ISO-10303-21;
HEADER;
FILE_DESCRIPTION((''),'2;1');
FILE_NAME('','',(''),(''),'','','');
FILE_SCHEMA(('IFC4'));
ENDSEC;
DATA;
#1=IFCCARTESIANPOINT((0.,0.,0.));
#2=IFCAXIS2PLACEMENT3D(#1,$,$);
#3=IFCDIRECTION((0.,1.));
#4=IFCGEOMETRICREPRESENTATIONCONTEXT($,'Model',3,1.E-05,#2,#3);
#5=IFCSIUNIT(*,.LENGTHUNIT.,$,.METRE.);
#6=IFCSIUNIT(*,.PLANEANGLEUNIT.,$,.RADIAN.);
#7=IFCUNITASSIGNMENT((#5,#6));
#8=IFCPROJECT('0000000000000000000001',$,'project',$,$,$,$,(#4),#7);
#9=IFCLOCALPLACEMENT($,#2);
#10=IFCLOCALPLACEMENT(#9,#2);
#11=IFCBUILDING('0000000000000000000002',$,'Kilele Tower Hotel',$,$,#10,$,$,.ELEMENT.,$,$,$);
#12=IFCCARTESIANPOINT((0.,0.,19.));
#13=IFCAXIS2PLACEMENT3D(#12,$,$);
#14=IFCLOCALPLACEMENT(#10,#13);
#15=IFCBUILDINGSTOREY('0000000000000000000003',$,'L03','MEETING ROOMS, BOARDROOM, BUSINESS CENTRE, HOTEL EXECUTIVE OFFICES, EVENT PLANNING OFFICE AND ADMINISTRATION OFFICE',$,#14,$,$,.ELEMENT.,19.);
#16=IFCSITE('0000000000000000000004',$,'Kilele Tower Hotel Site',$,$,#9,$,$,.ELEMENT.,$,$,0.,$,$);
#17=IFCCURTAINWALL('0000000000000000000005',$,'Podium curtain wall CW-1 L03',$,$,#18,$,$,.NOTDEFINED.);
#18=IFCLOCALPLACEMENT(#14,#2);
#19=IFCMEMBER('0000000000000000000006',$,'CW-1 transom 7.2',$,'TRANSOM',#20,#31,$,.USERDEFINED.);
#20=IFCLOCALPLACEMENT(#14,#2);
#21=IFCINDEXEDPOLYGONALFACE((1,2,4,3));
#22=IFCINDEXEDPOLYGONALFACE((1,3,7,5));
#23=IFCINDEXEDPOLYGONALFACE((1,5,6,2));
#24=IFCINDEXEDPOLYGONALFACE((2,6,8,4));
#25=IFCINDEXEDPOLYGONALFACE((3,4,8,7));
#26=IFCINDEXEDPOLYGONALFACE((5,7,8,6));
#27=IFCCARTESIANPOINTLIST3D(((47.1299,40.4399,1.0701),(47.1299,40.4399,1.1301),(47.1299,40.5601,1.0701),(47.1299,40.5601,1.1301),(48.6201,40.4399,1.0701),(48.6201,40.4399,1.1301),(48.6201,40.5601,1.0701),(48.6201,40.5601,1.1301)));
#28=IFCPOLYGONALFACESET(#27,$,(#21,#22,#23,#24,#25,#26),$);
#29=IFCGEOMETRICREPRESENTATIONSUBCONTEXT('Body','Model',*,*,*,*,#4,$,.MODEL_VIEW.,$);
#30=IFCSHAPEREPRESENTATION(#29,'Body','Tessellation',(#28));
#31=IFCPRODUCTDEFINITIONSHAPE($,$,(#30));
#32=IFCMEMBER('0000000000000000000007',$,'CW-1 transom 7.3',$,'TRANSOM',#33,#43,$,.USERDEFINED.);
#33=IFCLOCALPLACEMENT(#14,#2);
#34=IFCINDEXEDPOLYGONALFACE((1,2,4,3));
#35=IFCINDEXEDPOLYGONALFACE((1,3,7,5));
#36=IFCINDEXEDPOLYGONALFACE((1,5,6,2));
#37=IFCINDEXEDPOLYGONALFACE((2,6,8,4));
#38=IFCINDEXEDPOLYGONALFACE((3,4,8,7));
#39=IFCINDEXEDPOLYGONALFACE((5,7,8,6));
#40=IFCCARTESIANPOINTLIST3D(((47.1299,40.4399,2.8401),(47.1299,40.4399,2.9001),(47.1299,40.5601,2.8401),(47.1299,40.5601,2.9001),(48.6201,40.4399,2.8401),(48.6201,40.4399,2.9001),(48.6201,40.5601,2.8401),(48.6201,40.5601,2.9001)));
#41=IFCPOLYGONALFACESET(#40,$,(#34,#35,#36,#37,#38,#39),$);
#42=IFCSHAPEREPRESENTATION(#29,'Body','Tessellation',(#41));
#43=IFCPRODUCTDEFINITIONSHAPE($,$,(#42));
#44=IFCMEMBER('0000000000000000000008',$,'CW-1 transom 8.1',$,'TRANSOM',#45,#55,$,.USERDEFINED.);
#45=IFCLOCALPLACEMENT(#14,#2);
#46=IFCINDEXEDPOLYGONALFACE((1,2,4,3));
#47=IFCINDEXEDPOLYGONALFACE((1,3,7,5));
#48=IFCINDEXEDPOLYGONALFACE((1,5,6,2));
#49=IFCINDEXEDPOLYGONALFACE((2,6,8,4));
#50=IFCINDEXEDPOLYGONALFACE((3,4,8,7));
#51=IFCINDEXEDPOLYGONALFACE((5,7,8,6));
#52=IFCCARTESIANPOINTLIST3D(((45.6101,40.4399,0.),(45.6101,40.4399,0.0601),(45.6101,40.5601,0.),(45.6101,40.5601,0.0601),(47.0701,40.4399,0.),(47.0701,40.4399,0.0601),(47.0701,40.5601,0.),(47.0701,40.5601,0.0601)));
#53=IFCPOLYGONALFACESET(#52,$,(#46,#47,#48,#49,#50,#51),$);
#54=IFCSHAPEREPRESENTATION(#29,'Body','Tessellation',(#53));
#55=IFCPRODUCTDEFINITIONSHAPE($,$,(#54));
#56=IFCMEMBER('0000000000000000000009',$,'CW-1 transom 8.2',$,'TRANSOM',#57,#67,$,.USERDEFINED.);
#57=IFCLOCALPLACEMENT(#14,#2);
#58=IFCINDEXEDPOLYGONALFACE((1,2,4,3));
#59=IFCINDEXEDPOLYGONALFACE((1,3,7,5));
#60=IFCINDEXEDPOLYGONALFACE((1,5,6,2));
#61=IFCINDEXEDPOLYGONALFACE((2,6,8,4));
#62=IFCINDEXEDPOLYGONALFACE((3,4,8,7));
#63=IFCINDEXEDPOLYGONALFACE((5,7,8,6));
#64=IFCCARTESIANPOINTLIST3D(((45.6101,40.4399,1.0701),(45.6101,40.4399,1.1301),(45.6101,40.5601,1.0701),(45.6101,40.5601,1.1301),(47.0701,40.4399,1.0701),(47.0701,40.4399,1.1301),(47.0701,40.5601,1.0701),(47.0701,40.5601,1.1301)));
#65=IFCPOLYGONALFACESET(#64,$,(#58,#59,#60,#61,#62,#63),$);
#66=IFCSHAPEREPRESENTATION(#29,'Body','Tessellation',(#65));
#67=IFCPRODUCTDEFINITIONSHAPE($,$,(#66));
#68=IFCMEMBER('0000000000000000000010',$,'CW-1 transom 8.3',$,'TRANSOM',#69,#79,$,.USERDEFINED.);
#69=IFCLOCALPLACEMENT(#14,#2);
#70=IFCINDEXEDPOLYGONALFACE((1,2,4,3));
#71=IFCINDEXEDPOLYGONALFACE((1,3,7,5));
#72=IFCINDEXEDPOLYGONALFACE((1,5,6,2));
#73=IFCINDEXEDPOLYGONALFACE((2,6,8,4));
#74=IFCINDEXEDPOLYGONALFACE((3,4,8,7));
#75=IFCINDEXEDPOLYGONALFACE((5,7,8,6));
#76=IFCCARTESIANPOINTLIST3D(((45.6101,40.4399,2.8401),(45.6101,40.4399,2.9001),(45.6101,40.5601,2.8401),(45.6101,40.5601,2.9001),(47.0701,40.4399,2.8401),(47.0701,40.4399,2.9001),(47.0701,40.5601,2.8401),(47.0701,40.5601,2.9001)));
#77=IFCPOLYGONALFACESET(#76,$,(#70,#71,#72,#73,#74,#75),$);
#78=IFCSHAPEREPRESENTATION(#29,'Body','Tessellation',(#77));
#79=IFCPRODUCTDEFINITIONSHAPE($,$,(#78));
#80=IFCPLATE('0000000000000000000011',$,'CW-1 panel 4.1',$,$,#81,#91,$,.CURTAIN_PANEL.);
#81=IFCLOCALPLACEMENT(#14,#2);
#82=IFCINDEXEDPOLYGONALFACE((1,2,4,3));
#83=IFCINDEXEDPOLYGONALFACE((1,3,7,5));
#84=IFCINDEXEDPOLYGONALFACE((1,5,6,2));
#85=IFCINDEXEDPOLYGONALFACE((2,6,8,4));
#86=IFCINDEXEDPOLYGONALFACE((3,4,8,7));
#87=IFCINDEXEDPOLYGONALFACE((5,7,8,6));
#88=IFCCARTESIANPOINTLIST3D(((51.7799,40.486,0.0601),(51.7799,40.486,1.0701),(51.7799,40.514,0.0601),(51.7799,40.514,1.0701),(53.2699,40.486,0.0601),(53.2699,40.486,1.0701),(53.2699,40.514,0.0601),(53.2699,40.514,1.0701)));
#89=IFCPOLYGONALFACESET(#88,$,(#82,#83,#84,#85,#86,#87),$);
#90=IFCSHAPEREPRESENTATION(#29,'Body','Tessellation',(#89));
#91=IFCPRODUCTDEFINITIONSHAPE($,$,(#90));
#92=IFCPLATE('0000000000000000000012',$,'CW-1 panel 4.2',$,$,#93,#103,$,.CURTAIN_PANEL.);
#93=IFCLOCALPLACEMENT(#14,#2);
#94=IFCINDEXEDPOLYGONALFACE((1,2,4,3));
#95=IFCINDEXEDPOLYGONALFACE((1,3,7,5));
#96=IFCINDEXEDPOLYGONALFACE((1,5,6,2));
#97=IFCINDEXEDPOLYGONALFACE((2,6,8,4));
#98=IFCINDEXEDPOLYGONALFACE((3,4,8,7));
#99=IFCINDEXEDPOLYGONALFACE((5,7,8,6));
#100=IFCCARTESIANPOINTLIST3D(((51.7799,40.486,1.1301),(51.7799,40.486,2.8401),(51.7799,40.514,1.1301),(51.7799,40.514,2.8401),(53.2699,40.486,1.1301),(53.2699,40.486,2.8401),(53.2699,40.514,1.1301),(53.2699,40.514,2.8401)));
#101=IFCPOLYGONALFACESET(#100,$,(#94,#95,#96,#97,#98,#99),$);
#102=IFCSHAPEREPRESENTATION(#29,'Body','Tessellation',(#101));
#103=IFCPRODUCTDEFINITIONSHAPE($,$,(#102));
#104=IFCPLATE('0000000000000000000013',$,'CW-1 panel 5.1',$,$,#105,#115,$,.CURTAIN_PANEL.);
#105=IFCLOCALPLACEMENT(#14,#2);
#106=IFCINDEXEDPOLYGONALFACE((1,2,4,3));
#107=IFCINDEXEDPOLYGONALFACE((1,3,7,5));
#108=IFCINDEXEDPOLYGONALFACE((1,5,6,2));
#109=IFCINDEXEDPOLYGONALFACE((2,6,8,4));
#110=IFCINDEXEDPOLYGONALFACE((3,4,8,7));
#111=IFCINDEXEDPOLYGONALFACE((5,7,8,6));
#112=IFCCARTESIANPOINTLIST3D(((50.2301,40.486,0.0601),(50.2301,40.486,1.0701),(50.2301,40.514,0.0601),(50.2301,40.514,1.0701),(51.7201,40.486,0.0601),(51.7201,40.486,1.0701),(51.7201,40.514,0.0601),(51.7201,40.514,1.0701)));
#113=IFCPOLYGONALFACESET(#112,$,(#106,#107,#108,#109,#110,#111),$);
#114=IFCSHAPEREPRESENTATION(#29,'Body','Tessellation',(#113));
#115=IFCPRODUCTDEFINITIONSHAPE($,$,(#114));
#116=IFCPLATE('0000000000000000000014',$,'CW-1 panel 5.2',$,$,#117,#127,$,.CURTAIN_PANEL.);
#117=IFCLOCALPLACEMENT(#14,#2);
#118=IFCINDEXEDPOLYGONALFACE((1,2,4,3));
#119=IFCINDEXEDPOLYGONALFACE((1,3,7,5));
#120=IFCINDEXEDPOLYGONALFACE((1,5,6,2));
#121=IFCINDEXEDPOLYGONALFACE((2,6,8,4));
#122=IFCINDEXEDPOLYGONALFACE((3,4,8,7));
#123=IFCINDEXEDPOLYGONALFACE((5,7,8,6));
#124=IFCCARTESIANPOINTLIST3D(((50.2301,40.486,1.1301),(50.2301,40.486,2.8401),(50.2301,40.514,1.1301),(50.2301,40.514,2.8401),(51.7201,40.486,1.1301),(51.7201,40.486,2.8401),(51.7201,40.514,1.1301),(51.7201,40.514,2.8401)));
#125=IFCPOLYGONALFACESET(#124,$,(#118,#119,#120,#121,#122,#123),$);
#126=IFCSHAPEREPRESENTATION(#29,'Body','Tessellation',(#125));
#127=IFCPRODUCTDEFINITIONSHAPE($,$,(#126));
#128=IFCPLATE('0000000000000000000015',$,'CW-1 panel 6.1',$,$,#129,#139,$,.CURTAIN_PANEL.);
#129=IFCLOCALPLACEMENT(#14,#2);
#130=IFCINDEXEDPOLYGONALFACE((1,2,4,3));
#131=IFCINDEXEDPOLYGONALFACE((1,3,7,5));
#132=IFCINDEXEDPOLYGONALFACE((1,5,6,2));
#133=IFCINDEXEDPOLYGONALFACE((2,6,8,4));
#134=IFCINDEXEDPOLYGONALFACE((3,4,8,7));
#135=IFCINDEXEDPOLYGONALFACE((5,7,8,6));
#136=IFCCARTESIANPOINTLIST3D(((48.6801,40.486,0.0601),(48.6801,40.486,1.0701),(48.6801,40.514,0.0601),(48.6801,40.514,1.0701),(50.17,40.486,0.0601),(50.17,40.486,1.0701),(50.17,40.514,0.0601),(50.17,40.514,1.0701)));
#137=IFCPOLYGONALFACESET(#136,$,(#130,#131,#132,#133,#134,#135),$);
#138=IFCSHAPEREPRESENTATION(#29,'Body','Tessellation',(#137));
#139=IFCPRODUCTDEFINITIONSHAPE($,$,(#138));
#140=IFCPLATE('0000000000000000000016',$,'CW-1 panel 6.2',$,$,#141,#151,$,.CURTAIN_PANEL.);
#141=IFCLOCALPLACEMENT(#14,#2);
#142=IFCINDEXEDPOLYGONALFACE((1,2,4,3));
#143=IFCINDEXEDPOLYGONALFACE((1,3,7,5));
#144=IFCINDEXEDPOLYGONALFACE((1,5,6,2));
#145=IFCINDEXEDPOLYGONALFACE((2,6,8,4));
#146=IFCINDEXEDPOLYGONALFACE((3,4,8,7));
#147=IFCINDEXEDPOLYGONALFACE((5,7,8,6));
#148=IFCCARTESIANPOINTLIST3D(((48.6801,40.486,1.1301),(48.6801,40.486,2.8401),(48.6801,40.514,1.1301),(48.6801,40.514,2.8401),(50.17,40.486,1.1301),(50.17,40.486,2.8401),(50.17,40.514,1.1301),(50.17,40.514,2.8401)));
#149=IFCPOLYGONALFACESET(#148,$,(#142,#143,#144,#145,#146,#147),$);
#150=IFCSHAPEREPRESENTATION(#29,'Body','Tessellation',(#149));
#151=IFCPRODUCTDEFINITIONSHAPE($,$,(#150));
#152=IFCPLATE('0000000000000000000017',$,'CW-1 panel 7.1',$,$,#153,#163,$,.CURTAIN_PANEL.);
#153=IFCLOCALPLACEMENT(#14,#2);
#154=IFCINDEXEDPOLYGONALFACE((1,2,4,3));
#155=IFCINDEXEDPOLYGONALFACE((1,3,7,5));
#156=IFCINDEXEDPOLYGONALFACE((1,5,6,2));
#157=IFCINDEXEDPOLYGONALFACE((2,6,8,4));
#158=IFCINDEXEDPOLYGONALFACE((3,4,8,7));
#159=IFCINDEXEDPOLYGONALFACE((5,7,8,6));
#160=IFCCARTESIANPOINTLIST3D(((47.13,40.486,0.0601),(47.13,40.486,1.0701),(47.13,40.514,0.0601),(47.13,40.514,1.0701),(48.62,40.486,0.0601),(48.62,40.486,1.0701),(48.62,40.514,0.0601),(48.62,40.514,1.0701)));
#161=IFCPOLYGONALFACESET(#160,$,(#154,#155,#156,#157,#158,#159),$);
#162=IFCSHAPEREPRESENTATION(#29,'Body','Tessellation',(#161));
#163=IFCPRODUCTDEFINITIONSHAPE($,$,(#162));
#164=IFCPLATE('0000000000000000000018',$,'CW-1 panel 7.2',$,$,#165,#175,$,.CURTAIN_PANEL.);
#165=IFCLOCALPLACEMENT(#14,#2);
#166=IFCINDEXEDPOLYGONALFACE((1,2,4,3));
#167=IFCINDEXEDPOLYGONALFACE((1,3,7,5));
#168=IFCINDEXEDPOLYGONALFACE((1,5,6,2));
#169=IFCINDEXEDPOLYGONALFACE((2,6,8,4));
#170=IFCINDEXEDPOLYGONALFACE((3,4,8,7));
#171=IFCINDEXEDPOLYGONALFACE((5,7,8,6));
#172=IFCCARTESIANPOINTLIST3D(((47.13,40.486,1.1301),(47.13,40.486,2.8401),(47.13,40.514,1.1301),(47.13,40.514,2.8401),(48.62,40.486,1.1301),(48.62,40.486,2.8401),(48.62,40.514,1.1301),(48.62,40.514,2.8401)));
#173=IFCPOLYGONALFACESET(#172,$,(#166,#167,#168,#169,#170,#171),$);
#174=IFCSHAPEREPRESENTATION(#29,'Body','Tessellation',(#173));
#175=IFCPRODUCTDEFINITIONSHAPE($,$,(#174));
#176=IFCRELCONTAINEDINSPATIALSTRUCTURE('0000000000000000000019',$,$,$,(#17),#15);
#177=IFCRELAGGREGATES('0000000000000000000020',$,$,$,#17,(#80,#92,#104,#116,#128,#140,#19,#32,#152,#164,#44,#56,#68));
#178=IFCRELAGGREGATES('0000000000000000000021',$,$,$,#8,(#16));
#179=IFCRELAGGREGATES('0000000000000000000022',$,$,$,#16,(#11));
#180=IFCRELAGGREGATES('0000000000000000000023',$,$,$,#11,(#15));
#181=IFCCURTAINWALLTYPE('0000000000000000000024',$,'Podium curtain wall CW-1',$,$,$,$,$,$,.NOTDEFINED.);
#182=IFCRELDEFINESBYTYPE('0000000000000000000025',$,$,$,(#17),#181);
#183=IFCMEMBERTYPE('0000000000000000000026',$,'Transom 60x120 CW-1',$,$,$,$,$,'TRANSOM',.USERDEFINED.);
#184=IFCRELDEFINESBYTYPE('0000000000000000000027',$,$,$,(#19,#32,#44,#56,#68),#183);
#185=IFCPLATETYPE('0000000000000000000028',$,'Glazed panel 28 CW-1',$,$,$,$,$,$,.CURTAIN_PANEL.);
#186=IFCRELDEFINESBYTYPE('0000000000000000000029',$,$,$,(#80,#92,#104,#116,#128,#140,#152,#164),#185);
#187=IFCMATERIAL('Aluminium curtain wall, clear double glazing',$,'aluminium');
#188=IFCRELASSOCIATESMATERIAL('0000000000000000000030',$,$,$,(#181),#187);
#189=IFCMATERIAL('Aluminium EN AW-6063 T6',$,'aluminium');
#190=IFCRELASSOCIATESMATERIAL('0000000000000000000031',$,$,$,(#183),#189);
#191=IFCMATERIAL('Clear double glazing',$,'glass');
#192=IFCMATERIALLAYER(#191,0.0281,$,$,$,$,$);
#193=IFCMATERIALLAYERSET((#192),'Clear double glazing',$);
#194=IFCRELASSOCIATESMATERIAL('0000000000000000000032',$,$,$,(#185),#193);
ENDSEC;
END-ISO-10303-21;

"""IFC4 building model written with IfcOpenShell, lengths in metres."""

from ifc_helpers import new_model, si_unit, direction, frame, origin, origin_2d, place, context, subcontext, project, spatial, rectangle, extrude, material, layer, layer_set, material_profile, profile_set, type_object, element, aggregate, save


model = new_model("IFC4")

# Units and contexts
model_context = context("Model", 3, precision=1e-05, world=origin(), true_north=direction((0.0, 1.0)))
body_context = subcontext(model_context, "Body", "Model", "MODEL_VIEW")
ifc_project = project(units=[si_unit("LENGTHUNIT", "METRE"), si_unit("PLANEANGLEUNIT", "RADIAN")], contexts=[model_context])

# Site, building, storey
site_placement = place(None, origin())
site = spatial("IfcSite", under=ifc_project, at=site_placement, Name="Kilele Tower Hotel Site", CompositionType="ELEMENT", RefElevation=0.0)
building_placement = place(site_placement, origin())
building = spatial("IfcBuilding", under=site, at=building_placement, Name="Kilele Tower Hotel", CompositionType="ELEMENT")
storey_placement = place(building_placement, frame((0.0, 0.0, 19.0)))
storey = spatial("IfcBuildingStorey", under=building, at=storey_placement, Name="L03", Description="MEETING ROOMS, BOARDROOM, BUSINESS CENTRE, HOTEL EXECUTIVE OFFICES, EVENT PLANNING OFFICE AND ADMINISTRATION OFFICE", CompositionType="ELEMENT", Elevation=19.0)

# Curtain wall, members, plates
ifc_material_1 = material(Name="Aluminium curtain wall, clear double glazing", Category="aluminium")
curtain_wall_type = type_object("IfcCurtainWallType", Name="Podium curtain wall CW-1", PredefinedType="NOTDEFINED", material=ifc_material_1)
curtain_wall_placement = place(storey_placement, origin())
curtain_wall = element("IfcCurtainWall", 1, at=curtain_wall_placement, inside=storey, type_object=curtain_wall_type, Name="Podium curtain wall CW-1 L03", PredefinedType="NOTDEFINED")
ifc_material_2 = material(Name="Aluminium EN AW-6063 T6", Category="aluminium")
ifc_material_profile_1 = material_profile(ifc_material_2, rectangle(XDim=0.1201, YDim=0.0601, at=origin_2d()))
ifc_profile_set_1 = profile_set([ifc_material_profile_1], Name="Aluminium EN AW-6063 T6")
member_type_1 = type_object("IfcMemberType", Name="Transom 60x120 CW-1", ElementType="TRANSOM", PredefinedType="USERDEFINED", material=ifc_profile_set_1)
member_1_placement = place(storey_placement, frame((48.6201, 40.5, 1.1001), z_axis=(-1.0, 0.0, 0.0), x_axis=(0.0, -1.0, 0.0)))
member_1 = element("IfcMember", 2, at=member_1_placement, type_object=member_type_1, Name="CW-1 transom 7.2", ObjectType="TRANSOM", PredefinedType="USERDEFINED", context=body_context, shape_type="SweptSolid", body=[
    extrude(rectangle(XDim=0.1201, YDim=0.0601, at=origin_2d()), origin(), (0.0, 0.0, 1.0), 1.4902),
])
member_2_placement = place(storey_placement, frame((48.6201, 40.5, 2.8701), z_axis=(-1.0, 0.0, 0.0), x_axis=(0.0, -1.0, 0.0)))
member_2 = element("IfcMember", 3, at=member_2_placement, type_object=member_type_1, Name="CW-1 transom 7.3", ObjectType="TRANSOM", PredefinedType="USERDEFINED", context=body_context, shape_type="SweptSolid", body=[
    extrude(rectangle(XDim=0.1201, YDim=0.0601, at=origin_2d()), origin(), (0.0, 0.0, 1.0), 1.4902),
])
member_3_placement = place(storey_placement, frame((47.0701, 40.5, 0.03), z_axis=(-1.0, 0.0, 0.0), x_axis=(0.0, -1.0, 0.0)))
member_3 = element("IfcMember", 4, at=member_3_placement, type_object=member_type_1, Name="CW-1 transom 8.1", ObjectType="TRANSOM", PredefinedType="USERDEFINED", context=body_context, shape_type="SweptSolid", body=[
    extrude(rectangle(XDim=0.1201, YDim=0.0601, at=origin_2d()), origin(), (0.0, 0.0, 1.0), 1.46),
])
member_4_placement = place(storey_placement, frame((47.0701, 40.5, 1.1001), z_axis=(-1.0, 0.0, 0.0), x_axis=(0.0, -1.0, 0.0)))
member_4 = element("IfcMember", 5, at=member_4_placement, type_object=member_type_1, Name="CW-1 transom 8.2", ObjectType="TRANSOM", PredefinedType="USERDEFINED", context=body_context, shape_type="SweptSolid", body=[
    extrude(rectangle(XDim=0.1201, YDim=0.0601, at=origin_2d()), origin(), (0.0, 0.0, 1.0), 1.46),
])
member_5_placement = place(storey_placement, frame((47.0701, 40.5, 2.8701), z_axis=(-1.0, 0.0, 0.0), x_axis=(0.0, -1.0, 0.0)))
member_5 = element("IfcMember", 6, at=member_5_placement, type_object=member_type_1, Name="CW-1 transom 8.3", ObjectType="TRANSOM", PredefinedType="USERDEFINED", context=body_context, shape_type="SweptSolid", body=[
    extrude(rectangle(XDim=0.1201, YDim=0.0601, at=origin_2d()), origin(), (0.0, 0.0, 1.0), 1.46),
])
ifc_material_3 = material(Name="Clear double glazing", Category="glass")
ifc_layer = layer(ifc_material_3, 0.0281)
ifc_layer_set = layer_set([ifc_layer], Name="Clear double glazing")
plate_type = type_object("IfcPlateType", Name="Glazed panel 28 CW-1", PredefinedType="CURTAIN_PANEL", material=ifc_layer_set)
plate_1_placement = place(storey_placement, frame((52.5249, 40.5, 0.0601), z_axis=(0.0, 0.0, 1.0), x_axis=(-1.0, 0.0, 0.0)))
plate_1 = element("IfcPlate", 7, at=plate_1_placement, type_object=plate_type, Name="CW-1 panel 4.1", PredefinedType="CURTAIN_PANEL", context=body_context, shape_type="SweptSolid", body=[
    extrude(rectangle(XDim=1.49, YDim=0.0281, at=origin_2d()), origin(), (0.0, 0.0, 1.0), 1.01),
])
plate_2_placement = place(storey_placement, frame((52.5249, 40.5, 1.1301), z_axis=(0.0, 0.0, 1.0), x_axis=(-1.0, 0.0, 0.0)))
plate_2 = element("IfcPlate", 8, at=plate_2_placement, type_object=plate_type, Name="CW-1 panel 4.2", PredefinedType="CURTAIN_PANEL", context=body_context, shape_type="SweptSolid", body=[
    extrude(rectangle(XDim=1.49, YDim=0.0281, at=origin_2d()), origin(), (0.0, 0.0, 1.0), 1.71),
])
plate_3_placement = place(storey_placement, frame((50.9751, 40.5, 0.0601), z_axis=(0.0, 0.0, 1.0), x_axis=(-1.0, 0.0, 0.0)))
plate_3 = element("IfcPlate", 9, at=plate_3_placement, type_object=plate_type, Name="CW-1 panel 5.1", PredefinedType="CURTAIN_PANEL", context=body_context, shape_type="SweptSolid", body=[
    extrude(rectangle(XDim=1.49, YDim=0.0281, at=origin_2d()), origin(), (0.0, 0.0, 1.0), 1.01),
])
plate_4_placement = place(storey_placement, frame((50.9751, 40.5, 1.1301), z_axis=(0.0, 0.0, 1.0), x_axis=(-1.0, 0.0, 0.0)))
plate_4 = element("IfcPlate", 10, at=plate_4_placement, type_object=plate_type, Name="CW-1 panel 5.2", PredefinedType="CURTAIN_PANEL", context=body_context, shape_type="SweptSolid", body=[
    extrude(rectangle(XDim=1.49, YDim=0.0281, at=origin_2d()), origin(), (0.0, 0.0, 1.0), 1.71),
])
plate_5_placement = place(storey_placement, frame((49.425, 40.5, 0.0601), z_axis=(0.0, 0.0, 1.0), x_axis=(-1.0, 0.0, 0.0)))
plate_5 = element("IfcPlate", 11, at=plate_5_placement, type_object=plate_type, Name="CW-1 panel 6.1", PredefinedType="CURTAIN_PANEL", context=body_context, shape_type="SweptSolid", body=[
    extrude(rectangle(XDim=1.49, YDim=0.0281, at=origin_2d()), origin(), (0.0, 0.0, 1.0), 1.01),
])
plate_6_placement = place(storey_placement, frame((49.425, 40.5, 1.1301), z_axis=(0.0, 0.0, 1.0), x_axis=(-1.0, 0.0, 0.0)))
plate_6 = element("IfcPlate", 12, at=plate_6_placement, type_object=plate_type, Name="CW-1 panel 6.2", PredefinedType="CURTAIN_PANEL", context=body_context, shape_type="SweptSolid", body=[
    extrude(rectangle(XDim=1.49, YDim=0.0281, at=origin_2d()), origin(), (0.0, 0.0, 1.0), 1.71),
])
plate_7_placement = place(storey_placement, frame((47.875, 40.5, 0.0601), z_axis=(0.0, 0.0, 1.0), x_axis=(-1.0, 0.0, 0.0)))
plate_7 = element("IfcPlate", 13, at=plate_7_placement, type_object=plate_type, Name="CW-1 panel 7.1", PredefinedType="CURTAIN_PANEL", context=body_context, shape_type="SweptSolid", body=[
    extrude(rectangle(XDim=1.49, YDim=0.0281, at=origin_2d()), origin(), (0.0, 0.0, 1.0), 1.01),
])
plate_8_placement = place(storey_placement, frame((47.875, 40.5, 1.1301), z_axis=(0.0, 0.0, 1.0), x_axis=(-1.0, 0.0, 0.0)))
plate_8 = element("IfcPlate", 14, at=plate_8_placement, type_object=plate_type, Name="CW-1 panel 7.2", PredefinedType="CURTAIN_PANEL", context=body_context, shape_type="SweptSolid", body=[
    extrude(rectangle(XDim=1.49, YDim=0.0281, at=origin_2d()), origin(), (0.0, 0.0, 1.0), 1.71),
])
aggregate(curtain_wall, [plate_1, plate_2, plate_3, plate_4, plate_5, plate_6, member_1, member_2, plate_7, plate_8, member_3, member_4, member_5])

save(model, "model.ifc")
